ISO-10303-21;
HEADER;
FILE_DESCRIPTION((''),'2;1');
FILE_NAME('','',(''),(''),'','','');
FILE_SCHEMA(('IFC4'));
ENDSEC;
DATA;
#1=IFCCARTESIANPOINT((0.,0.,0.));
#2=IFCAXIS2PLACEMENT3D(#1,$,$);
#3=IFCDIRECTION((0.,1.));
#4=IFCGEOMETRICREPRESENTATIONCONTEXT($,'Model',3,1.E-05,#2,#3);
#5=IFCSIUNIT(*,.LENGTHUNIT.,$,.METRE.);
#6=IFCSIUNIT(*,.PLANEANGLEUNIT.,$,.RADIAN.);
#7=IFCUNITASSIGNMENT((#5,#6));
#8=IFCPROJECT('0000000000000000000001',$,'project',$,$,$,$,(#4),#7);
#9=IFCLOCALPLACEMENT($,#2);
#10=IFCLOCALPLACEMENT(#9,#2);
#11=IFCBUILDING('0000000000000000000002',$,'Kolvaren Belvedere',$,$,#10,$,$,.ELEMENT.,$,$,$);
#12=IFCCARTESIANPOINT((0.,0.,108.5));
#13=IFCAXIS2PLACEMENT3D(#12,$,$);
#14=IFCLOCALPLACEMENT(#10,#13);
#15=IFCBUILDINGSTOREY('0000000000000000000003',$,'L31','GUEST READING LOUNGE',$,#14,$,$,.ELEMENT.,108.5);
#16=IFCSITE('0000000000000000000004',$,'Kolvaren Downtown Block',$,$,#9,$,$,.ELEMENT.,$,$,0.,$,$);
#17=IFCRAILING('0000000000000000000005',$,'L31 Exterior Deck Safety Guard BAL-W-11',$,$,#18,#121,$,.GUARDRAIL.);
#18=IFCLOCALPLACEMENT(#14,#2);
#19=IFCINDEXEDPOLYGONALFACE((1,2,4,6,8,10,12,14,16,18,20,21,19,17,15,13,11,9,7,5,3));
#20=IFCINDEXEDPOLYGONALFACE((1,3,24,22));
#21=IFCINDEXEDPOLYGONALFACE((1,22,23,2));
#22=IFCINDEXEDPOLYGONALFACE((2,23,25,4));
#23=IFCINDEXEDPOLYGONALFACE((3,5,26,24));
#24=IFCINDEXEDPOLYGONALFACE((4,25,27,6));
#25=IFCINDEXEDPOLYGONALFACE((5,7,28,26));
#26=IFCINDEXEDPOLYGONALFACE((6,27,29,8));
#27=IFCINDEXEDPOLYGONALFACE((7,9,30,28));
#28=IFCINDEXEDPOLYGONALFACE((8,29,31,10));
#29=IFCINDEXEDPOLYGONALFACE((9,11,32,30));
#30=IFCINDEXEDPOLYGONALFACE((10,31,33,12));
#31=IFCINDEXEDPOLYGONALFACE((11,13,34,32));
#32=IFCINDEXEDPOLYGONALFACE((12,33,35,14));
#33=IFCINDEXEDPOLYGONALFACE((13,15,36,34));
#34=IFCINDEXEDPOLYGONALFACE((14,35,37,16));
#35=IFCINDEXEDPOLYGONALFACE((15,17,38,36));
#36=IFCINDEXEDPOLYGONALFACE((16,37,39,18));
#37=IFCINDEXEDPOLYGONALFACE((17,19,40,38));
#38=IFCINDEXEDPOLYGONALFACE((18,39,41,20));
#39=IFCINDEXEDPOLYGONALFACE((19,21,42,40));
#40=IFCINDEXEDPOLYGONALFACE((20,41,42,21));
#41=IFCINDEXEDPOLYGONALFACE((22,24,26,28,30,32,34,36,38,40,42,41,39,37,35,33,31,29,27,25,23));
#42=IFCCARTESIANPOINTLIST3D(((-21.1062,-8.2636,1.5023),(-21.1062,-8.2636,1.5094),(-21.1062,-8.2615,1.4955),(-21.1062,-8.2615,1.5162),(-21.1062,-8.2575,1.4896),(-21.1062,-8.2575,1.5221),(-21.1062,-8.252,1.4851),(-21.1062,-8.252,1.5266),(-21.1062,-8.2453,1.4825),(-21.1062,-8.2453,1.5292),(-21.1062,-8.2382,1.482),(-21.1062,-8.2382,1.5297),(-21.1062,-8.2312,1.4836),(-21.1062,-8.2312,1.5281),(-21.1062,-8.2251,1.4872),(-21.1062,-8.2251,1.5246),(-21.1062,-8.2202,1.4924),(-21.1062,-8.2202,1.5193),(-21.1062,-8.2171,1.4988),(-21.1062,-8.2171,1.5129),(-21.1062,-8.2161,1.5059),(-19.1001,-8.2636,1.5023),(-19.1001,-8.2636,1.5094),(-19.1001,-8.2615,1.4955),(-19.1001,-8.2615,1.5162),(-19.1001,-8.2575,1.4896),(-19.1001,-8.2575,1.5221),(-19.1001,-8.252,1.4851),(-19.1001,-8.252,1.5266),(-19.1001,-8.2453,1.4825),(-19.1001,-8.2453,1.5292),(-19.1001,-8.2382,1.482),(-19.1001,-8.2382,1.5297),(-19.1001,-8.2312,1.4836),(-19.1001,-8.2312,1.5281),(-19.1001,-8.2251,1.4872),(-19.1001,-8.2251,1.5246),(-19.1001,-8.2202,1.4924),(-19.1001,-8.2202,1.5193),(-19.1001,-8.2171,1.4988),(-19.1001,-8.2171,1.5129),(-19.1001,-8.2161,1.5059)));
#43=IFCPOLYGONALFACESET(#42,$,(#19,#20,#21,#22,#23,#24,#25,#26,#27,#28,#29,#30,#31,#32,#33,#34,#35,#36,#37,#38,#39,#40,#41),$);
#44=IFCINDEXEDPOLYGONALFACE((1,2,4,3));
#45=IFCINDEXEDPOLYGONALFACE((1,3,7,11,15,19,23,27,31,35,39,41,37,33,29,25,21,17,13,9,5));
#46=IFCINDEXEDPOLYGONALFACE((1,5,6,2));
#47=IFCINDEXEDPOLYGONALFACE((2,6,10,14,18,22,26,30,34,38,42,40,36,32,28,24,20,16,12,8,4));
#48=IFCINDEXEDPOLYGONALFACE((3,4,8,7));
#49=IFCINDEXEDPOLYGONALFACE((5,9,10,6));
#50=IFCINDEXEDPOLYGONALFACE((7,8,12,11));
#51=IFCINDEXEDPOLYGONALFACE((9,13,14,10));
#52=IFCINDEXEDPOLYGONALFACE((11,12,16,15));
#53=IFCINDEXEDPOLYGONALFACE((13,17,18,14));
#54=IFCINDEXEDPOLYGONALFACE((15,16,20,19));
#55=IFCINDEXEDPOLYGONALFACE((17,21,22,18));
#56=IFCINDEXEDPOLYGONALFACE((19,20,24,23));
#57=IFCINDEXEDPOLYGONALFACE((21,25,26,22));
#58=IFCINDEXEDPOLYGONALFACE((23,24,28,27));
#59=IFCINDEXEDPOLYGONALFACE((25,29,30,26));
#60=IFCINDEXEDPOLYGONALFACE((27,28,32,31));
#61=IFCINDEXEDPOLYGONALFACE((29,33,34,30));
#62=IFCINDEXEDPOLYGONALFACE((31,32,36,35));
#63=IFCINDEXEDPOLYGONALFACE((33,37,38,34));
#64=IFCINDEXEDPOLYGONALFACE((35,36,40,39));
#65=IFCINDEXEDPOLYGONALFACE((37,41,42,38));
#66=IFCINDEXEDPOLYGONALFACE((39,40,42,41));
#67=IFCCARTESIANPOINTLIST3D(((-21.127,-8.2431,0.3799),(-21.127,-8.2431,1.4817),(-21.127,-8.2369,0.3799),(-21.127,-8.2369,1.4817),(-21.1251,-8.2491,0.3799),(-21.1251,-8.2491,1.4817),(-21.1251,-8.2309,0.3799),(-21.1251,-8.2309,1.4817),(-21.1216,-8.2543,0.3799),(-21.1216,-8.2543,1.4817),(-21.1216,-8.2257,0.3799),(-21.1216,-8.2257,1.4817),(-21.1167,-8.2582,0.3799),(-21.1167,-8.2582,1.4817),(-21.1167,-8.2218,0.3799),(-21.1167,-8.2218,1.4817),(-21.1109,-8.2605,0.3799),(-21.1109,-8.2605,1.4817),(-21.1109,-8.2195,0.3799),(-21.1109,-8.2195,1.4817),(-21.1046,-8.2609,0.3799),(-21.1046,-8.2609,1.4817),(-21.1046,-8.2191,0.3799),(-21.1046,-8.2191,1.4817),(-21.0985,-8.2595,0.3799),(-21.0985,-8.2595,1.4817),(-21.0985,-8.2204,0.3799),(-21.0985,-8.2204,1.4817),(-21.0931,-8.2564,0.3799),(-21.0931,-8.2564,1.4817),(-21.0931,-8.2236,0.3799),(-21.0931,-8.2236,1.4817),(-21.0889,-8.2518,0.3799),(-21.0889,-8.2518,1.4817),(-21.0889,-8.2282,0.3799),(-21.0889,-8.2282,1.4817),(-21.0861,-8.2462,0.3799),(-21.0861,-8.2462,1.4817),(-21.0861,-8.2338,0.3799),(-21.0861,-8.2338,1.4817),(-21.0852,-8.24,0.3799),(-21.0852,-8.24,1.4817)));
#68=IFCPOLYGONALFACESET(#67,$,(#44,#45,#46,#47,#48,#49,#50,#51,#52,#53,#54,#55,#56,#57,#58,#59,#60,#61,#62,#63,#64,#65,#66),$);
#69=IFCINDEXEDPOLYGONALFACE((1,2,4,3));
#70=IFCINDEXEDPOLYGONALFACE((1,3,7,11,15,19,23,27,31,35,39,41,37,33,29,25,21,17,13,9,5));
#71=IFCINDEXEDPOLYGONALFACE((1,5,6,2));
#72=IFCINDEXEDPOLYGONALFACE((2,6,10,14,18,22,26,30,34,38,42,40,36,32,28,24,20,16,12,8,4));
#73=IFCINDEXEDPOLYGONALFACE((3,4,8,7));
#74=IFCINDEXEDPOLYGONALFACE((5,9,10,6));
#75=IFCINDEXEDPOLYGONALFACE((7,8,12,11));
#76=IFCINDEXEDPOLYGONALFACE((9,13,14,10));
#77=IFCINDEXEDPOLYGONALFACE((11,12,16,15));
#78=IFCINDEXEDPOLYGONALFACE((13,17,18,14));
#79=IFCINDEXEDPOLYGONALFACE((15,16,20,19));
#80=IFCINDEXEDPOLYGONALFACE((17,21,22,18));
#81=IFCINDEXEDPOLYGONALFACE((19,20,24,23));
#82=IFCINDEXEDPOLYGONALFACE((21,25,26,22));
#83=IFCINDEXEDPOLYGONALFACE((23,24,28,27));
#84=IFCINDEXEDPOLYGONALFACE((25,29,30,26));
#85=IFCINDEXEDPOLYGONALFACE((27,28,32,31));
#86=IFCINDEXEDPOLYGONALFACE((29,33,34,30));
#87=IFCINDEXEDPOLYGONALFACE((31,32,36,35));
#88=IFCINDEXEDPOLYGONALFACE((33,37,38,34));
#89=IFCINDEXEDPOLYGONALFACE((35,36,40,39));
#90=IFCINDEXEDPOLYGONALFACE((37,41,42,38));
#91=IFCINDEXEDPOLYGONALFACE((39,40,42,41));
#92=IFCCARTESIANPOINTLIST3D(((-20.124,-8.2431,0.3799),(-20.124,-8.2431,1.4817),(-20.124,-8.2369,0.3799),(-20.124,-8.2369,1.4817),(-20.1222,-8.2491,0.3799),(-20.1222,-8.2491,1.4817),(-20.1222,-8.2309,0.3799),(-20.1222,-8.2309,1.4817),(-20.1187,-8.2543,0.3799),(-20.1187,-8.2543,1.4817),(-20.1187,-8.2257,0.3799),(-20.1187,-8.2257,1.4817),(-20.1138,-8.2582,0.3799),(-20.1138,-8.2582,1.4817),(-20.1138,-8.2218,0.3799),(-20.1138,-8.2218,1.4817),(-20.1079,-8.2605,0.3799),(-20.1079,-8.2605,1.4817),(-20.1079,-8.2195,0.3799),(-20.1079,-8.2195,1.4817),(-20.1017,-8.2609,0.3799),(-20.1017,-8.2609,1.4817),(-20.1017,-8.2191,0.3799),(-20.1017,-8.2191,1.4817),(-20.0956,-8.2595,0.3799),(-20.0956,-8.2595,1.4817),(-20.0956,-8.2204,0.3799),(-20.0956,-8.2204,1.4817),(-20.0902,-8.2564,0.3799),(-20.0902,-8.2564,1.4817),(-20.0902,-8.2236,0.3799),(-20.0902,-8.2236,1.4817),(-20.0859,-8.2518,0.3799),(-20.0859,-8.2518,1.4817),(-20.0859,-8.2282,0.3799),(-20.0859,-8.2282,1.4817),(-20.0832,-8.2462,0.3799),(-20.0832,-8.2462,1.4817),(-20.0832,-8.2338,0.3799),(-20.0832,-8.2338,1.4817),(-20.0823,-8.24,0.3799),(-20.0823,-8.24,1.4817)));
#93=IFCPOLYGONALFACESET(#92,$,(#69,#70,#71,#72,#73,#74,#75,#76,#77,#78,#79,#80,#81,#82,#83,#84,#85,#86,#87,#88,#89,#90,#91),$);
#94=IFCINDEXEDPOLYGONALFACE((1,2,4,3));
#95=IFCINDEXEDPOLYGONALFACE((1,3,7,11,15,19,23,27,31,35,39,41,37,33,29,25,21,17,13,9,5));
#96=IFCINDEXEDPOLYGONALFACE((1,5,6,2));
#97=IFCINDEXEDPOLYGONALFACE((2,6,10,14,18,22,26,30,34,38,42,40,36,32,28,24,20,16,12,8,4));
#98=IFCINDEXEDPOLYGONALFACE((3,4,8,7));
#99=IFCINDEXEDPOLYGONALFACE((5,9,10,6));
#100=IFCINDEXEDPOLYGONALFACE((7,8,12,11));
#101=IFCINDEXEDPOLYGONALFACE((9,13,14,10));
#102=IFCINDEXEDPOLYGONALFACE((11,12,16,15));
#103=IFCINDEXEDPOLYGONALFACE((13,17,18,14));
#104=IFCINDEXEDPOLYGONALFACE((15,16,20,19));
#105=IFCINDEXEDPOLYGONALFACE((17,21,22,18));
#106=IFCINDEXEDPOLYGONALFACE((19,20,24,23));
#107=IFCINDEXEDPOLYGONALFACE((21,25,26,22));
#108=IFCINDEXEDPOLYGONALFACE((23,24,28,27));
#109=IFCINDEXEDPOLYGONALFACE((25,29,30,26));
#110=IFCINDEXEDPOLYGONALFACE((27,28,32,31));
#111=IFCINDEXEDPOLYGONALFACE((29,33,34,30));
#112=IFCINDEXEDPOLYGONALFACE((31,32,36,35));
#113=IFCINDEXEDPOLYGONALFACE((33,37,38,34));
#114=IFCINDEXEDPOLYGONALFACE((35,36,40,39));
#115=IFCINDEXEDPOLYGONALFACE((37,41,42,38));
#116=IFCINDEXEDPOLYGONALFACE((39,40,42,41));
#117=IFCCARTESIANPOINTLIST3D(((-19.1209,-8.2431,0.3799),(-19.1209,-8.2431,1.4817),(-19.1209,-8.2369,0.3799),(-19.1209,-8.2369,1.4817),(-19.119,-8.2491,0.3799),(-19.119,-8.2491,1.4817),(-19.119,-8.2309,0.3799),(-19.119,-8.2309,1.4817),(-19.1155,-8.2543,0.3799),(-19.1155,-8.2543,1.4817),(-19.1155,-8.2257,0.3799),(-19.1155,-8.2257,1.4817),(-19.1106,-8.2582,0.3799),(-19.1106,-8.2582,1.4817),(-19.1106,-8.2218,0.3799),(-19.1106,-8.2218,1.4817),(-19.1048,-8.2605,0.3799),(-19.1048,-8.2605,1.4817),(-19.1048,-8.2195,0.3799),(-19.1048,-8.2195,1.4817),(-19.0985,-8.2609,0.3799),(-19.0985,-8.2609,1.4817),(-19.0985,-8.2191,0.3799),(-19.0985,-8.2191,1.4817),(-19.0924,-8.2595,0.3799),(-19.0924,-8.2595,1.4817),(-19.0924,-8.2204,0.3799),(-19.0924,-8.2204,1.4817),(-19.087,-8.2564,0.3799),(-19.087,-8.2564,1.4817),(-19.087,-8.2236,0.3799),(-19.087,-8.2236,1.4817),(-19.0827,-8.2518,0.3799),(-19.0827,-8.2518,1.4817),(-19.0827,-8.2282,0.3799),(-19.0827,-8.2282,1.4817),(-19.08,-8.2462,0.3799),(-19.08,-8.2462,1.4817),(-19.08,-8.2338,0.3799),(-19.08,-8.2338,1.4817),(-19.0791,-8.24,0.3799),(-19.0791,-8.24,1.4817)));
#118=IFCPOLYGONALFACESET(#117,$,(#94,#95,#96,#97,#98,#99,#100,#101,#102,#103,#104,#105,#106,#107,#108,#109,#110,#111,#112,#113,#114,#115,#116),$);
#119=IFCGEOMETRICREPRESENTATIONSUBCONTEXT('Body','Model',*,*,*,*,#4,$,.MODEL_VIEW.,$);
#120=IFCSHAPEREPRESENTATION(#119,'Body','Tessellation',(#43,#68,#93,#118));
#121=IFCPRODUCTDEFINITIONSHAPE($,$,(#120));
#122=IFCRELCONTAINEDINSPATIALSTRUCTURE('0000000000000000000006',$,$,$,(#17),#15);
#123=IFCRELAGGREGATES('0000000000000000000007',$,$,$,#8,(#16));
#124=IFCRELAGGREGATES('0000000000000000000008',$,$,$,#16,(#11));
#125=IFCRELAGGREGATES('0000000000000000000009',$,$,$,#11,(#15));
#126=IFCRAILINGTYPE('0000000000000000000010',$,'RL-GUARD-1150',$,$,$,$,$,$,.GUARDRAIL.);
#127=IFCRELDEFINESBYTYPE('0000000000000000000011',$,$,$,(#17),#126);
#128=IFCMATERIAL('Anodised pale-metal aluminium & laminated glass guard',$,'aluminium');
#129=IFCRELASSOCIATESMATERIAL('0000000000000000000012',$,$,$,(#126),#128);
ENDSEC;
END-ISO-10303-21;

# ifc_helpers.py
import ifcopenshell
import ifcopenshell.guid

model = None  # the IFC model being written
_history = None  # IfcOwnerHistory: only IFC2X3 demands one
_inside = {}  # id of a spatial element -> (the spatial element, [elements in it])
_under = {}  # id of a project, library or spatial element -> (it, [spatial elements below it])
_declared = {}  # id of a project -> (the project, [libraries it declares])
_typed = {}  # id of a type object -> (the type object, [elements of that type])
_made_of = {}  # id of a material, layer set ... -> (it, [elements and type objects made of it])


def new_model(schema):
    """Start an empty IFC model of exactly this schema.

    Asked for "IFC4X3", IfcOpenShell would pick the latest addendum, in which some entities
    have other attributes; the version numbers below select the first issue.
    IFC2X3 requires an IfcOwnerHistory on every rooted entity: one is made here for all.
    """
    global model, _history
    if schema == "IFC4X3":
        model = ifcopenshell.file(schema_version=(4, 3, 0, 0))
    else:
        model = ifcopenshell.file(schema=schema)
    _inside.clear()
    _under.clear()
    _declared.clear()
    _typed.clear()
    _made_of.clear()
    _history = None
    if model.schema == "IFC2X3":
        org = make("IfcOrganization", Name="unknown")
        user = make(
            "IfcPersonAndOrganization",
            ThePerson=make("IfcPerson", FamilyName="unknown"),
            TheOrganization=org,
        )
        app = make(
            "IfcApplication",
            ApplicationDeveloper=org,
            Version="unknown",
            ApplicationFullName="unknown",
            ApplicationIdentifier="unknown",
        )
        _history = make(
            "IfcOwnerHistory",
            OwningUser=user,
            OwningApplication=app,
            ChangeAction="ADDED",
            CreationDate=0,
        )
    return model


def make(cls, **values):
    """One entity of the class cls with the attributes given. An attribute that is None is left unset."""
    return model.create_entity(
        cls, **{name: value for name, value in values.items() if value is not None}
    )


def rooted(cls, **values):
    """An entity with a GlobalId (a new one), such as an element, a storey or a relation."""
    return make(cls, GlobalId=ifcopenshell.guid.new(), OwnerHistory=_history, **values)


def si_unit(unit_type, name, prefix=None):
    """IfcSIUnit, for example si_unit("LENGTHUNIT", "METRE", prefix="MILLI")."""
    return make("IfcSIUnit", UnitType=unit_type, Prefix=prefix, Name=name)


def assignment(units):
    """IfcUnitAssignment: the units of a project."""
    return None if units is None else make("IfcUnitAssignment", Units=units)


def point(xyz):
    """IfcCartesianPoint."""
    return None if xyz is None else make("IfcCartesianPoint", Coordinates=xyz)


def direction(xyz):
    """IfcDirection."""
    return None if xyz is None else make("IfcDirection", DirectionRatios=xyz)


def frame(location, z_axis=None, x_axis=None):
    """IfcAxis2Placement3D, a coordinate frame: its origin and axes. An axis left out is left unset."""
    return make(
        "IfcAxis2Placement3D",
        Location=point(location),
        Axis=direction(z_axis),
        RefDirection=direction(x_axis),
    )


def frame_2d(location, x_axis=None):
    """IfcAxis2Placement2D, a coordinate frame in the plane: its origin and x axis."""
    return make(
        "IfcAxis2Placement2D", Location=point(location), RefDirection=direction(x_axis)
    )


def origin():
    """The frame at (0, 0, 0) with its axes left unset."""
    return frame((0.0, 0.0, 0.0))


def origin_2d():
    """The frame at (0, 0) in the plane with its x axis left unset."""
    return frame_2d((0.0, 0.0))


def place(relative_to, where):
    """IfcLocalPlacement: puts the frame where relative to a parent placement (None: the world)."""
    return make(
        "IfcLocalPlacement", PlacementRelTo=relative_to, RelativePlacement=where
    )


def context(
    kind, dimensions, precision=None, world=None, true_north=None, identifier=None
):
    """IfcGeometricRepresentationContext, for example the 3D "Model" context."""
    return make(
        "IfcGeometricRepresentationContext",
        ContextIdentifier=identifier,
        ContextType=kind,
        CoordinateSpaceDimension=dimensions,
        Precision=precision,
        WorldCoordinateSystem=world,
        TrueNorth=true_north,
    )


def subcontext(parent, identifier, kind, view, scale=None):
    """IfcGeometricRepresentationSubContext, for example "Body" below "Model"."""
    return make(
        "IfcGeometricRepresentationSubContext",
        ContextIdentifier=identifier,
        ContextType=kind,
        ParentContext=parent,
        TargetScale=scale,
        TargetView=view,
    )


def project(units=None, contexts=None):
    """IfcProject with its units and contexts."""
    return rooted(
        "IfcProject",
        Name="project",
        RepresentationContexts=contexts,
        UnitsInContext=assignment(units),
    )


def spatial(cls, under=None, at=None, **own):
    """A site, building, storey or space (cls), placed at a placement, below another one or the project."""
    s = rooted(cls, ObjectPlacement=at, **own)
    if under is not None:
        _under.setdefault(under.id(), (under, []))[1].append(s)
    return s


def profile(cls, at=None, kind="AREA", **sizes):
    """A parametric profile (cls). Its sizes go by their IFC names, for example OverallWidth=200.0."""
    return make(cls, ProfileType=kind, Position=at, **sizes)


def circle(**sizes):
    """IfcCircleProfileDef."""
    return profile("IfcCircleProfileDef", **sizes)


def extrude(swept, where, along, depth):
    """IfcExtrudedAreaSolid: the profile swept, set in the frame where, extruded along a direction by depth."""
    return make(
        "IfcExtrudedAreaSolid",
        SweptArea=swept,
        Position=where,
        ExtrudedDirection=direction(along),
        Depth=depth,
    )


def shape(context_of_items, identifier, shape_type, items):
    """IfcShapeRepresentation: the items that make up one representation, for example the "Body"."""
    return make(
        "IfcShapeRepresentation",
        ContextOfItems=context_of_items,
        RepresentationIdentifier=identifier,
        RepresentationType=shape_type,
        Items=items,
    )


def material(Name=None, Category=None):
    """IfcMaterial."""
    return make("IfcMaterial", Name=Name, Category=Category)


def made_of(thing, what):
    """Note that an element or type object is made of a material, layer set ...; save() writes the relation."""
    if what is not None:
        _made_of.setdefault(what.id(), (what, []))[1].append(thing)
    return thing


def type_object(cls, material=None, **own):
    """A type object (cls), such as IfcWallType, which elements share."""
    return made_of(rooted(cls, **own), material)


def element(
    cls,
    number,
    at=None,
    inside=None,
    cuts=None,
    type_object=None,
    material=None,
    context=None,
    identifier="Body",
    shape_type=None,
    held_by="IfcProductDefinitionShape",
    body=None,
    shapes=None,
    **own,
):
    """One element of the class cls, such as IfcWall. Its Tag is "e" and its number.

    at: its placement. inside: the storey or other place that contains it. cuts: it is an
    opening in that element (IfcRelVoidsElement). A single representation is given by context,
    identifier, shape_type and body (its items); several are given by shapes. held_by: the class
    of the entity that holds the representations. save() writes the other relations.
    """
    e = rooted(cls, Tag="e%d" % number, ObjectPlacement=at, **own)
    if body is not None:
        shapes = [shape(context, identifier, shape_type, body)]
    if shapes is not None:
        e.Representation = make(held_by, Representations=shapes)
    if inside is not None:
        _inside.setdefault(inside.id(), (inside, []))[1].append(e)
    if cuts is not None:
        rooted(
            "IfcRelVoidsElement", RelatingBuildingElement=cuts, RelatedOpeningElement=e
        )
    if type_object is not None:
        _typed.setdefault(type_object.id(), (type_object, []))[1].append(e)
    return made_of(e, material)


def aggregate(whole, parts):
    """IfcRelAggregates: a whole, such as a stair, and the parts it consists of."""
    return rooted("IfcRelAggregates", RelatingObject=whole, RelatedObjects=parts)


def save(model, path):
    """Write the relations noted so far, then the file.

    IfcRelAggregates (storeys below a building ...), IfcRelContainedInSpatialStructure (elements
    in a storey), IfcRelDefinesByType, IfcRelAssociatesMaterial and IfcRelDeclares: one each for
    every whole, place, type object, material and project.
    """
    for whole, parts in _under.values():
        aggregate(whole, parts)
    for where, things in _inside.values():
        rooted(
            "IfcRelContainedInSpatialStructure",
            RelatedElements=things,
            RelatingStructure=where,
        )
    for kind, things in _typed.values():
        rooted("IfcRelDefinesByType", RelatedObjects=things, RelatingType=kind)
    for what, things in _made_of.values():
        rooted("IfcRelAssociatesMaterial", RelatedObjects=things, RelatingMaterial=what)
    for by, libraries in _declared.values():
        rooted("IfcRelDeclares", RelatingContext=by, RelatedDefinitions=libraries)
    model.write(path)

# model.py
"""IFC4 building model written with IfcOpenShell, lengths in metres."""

from ifc_helpers import new_model, si_unit, direction, frame, origin, origin_2d, place, context, subcontext, project, spatial, circle, extrude, material, type_object, element, save


model = new_model("IFC4")

# Units and contexts
model_context = context("Model", 3, precision=1e-05, world=origin(), true_north=direction((0.0, 1.0)))
body_context = subcontext(model_context, "Body", "Model", "MODEL_VIEW")
ifc_project = project(units=[si_unit("LENGTHUNIT", "METRE"), si_unit("PLANEANGLEUNIT", "RADIAN")], contexts=[model_context])

# Site, building, storey
site_placement = place(None, origin())
site = spatial("IfcSite", under=ifc_project, at=site_placement, Name="Kolvaren Downtown Block", CompositionType="ELEMENT", RefElevation=0.0)
building_placement = place(site_placement, origin())
building = spatial("IfcBuilding", under=site, at=building_placement, Name="Kolvaren Belvedere", CompositionType="ELEMENT")
storey_placement = place(building_placement, frame((0.0, 0.0, 108.5)))
storey = spatial("IfcBuildingStorey", under=building, at=storey_placement, Name="L31", Description="GUEST READING LOUNGE", CompositionType="ELEMENT", Elevation=108.5)

# Railing
ifc_material_1 = material(Name="Anodised pale-metal aluminium & laminated glass guard", Category="aluminium")
railing_type = type_object("IfcRailingType", Name="RL-GUARD-1150", PredefinedType="GUARDRAIL", material=ifc_material_1)
railing_1_placement = place(storey_placement, frame((-21.1062, -8.24, 0.3799)))
element("IfcRailing", 1, at=railing_1_placement, inside=storey, type_object=railing_type, Name="L31 Exterior Deck Safety Guard BAL-W-11", PredefinedType="GUARDRAIL", context=body_context, shape_type="SweptSolid", body=[
    extrude(circle(Radius=0.0239, at=origin_2d()), frame((0.0, 0.0, 1.126), z_axis=(1.0, 0.0, 0.0), x_axis=(0.0, 1.0, 0.0)), (0.0, 0.0, 1.0), 2.0061),
    extrude(circle(Radius=0.021, at=origin_2d()), origin(), (0.0, 0.0, 1.0), 1.1018),
    extrude(circle(Radius=0.021, at=origin_2d()), frame((1.0029, 0.0, 0.0)), (0.0, 0.0, 1.0), 1.1018),
    extrude(circle(Radius=0.021, at=origin_2d()), frame((2.0061, 0.0, 0.0)), (0.0, 0.0, 1.0), 1.1018),
])

save(model, "model.ifc")
